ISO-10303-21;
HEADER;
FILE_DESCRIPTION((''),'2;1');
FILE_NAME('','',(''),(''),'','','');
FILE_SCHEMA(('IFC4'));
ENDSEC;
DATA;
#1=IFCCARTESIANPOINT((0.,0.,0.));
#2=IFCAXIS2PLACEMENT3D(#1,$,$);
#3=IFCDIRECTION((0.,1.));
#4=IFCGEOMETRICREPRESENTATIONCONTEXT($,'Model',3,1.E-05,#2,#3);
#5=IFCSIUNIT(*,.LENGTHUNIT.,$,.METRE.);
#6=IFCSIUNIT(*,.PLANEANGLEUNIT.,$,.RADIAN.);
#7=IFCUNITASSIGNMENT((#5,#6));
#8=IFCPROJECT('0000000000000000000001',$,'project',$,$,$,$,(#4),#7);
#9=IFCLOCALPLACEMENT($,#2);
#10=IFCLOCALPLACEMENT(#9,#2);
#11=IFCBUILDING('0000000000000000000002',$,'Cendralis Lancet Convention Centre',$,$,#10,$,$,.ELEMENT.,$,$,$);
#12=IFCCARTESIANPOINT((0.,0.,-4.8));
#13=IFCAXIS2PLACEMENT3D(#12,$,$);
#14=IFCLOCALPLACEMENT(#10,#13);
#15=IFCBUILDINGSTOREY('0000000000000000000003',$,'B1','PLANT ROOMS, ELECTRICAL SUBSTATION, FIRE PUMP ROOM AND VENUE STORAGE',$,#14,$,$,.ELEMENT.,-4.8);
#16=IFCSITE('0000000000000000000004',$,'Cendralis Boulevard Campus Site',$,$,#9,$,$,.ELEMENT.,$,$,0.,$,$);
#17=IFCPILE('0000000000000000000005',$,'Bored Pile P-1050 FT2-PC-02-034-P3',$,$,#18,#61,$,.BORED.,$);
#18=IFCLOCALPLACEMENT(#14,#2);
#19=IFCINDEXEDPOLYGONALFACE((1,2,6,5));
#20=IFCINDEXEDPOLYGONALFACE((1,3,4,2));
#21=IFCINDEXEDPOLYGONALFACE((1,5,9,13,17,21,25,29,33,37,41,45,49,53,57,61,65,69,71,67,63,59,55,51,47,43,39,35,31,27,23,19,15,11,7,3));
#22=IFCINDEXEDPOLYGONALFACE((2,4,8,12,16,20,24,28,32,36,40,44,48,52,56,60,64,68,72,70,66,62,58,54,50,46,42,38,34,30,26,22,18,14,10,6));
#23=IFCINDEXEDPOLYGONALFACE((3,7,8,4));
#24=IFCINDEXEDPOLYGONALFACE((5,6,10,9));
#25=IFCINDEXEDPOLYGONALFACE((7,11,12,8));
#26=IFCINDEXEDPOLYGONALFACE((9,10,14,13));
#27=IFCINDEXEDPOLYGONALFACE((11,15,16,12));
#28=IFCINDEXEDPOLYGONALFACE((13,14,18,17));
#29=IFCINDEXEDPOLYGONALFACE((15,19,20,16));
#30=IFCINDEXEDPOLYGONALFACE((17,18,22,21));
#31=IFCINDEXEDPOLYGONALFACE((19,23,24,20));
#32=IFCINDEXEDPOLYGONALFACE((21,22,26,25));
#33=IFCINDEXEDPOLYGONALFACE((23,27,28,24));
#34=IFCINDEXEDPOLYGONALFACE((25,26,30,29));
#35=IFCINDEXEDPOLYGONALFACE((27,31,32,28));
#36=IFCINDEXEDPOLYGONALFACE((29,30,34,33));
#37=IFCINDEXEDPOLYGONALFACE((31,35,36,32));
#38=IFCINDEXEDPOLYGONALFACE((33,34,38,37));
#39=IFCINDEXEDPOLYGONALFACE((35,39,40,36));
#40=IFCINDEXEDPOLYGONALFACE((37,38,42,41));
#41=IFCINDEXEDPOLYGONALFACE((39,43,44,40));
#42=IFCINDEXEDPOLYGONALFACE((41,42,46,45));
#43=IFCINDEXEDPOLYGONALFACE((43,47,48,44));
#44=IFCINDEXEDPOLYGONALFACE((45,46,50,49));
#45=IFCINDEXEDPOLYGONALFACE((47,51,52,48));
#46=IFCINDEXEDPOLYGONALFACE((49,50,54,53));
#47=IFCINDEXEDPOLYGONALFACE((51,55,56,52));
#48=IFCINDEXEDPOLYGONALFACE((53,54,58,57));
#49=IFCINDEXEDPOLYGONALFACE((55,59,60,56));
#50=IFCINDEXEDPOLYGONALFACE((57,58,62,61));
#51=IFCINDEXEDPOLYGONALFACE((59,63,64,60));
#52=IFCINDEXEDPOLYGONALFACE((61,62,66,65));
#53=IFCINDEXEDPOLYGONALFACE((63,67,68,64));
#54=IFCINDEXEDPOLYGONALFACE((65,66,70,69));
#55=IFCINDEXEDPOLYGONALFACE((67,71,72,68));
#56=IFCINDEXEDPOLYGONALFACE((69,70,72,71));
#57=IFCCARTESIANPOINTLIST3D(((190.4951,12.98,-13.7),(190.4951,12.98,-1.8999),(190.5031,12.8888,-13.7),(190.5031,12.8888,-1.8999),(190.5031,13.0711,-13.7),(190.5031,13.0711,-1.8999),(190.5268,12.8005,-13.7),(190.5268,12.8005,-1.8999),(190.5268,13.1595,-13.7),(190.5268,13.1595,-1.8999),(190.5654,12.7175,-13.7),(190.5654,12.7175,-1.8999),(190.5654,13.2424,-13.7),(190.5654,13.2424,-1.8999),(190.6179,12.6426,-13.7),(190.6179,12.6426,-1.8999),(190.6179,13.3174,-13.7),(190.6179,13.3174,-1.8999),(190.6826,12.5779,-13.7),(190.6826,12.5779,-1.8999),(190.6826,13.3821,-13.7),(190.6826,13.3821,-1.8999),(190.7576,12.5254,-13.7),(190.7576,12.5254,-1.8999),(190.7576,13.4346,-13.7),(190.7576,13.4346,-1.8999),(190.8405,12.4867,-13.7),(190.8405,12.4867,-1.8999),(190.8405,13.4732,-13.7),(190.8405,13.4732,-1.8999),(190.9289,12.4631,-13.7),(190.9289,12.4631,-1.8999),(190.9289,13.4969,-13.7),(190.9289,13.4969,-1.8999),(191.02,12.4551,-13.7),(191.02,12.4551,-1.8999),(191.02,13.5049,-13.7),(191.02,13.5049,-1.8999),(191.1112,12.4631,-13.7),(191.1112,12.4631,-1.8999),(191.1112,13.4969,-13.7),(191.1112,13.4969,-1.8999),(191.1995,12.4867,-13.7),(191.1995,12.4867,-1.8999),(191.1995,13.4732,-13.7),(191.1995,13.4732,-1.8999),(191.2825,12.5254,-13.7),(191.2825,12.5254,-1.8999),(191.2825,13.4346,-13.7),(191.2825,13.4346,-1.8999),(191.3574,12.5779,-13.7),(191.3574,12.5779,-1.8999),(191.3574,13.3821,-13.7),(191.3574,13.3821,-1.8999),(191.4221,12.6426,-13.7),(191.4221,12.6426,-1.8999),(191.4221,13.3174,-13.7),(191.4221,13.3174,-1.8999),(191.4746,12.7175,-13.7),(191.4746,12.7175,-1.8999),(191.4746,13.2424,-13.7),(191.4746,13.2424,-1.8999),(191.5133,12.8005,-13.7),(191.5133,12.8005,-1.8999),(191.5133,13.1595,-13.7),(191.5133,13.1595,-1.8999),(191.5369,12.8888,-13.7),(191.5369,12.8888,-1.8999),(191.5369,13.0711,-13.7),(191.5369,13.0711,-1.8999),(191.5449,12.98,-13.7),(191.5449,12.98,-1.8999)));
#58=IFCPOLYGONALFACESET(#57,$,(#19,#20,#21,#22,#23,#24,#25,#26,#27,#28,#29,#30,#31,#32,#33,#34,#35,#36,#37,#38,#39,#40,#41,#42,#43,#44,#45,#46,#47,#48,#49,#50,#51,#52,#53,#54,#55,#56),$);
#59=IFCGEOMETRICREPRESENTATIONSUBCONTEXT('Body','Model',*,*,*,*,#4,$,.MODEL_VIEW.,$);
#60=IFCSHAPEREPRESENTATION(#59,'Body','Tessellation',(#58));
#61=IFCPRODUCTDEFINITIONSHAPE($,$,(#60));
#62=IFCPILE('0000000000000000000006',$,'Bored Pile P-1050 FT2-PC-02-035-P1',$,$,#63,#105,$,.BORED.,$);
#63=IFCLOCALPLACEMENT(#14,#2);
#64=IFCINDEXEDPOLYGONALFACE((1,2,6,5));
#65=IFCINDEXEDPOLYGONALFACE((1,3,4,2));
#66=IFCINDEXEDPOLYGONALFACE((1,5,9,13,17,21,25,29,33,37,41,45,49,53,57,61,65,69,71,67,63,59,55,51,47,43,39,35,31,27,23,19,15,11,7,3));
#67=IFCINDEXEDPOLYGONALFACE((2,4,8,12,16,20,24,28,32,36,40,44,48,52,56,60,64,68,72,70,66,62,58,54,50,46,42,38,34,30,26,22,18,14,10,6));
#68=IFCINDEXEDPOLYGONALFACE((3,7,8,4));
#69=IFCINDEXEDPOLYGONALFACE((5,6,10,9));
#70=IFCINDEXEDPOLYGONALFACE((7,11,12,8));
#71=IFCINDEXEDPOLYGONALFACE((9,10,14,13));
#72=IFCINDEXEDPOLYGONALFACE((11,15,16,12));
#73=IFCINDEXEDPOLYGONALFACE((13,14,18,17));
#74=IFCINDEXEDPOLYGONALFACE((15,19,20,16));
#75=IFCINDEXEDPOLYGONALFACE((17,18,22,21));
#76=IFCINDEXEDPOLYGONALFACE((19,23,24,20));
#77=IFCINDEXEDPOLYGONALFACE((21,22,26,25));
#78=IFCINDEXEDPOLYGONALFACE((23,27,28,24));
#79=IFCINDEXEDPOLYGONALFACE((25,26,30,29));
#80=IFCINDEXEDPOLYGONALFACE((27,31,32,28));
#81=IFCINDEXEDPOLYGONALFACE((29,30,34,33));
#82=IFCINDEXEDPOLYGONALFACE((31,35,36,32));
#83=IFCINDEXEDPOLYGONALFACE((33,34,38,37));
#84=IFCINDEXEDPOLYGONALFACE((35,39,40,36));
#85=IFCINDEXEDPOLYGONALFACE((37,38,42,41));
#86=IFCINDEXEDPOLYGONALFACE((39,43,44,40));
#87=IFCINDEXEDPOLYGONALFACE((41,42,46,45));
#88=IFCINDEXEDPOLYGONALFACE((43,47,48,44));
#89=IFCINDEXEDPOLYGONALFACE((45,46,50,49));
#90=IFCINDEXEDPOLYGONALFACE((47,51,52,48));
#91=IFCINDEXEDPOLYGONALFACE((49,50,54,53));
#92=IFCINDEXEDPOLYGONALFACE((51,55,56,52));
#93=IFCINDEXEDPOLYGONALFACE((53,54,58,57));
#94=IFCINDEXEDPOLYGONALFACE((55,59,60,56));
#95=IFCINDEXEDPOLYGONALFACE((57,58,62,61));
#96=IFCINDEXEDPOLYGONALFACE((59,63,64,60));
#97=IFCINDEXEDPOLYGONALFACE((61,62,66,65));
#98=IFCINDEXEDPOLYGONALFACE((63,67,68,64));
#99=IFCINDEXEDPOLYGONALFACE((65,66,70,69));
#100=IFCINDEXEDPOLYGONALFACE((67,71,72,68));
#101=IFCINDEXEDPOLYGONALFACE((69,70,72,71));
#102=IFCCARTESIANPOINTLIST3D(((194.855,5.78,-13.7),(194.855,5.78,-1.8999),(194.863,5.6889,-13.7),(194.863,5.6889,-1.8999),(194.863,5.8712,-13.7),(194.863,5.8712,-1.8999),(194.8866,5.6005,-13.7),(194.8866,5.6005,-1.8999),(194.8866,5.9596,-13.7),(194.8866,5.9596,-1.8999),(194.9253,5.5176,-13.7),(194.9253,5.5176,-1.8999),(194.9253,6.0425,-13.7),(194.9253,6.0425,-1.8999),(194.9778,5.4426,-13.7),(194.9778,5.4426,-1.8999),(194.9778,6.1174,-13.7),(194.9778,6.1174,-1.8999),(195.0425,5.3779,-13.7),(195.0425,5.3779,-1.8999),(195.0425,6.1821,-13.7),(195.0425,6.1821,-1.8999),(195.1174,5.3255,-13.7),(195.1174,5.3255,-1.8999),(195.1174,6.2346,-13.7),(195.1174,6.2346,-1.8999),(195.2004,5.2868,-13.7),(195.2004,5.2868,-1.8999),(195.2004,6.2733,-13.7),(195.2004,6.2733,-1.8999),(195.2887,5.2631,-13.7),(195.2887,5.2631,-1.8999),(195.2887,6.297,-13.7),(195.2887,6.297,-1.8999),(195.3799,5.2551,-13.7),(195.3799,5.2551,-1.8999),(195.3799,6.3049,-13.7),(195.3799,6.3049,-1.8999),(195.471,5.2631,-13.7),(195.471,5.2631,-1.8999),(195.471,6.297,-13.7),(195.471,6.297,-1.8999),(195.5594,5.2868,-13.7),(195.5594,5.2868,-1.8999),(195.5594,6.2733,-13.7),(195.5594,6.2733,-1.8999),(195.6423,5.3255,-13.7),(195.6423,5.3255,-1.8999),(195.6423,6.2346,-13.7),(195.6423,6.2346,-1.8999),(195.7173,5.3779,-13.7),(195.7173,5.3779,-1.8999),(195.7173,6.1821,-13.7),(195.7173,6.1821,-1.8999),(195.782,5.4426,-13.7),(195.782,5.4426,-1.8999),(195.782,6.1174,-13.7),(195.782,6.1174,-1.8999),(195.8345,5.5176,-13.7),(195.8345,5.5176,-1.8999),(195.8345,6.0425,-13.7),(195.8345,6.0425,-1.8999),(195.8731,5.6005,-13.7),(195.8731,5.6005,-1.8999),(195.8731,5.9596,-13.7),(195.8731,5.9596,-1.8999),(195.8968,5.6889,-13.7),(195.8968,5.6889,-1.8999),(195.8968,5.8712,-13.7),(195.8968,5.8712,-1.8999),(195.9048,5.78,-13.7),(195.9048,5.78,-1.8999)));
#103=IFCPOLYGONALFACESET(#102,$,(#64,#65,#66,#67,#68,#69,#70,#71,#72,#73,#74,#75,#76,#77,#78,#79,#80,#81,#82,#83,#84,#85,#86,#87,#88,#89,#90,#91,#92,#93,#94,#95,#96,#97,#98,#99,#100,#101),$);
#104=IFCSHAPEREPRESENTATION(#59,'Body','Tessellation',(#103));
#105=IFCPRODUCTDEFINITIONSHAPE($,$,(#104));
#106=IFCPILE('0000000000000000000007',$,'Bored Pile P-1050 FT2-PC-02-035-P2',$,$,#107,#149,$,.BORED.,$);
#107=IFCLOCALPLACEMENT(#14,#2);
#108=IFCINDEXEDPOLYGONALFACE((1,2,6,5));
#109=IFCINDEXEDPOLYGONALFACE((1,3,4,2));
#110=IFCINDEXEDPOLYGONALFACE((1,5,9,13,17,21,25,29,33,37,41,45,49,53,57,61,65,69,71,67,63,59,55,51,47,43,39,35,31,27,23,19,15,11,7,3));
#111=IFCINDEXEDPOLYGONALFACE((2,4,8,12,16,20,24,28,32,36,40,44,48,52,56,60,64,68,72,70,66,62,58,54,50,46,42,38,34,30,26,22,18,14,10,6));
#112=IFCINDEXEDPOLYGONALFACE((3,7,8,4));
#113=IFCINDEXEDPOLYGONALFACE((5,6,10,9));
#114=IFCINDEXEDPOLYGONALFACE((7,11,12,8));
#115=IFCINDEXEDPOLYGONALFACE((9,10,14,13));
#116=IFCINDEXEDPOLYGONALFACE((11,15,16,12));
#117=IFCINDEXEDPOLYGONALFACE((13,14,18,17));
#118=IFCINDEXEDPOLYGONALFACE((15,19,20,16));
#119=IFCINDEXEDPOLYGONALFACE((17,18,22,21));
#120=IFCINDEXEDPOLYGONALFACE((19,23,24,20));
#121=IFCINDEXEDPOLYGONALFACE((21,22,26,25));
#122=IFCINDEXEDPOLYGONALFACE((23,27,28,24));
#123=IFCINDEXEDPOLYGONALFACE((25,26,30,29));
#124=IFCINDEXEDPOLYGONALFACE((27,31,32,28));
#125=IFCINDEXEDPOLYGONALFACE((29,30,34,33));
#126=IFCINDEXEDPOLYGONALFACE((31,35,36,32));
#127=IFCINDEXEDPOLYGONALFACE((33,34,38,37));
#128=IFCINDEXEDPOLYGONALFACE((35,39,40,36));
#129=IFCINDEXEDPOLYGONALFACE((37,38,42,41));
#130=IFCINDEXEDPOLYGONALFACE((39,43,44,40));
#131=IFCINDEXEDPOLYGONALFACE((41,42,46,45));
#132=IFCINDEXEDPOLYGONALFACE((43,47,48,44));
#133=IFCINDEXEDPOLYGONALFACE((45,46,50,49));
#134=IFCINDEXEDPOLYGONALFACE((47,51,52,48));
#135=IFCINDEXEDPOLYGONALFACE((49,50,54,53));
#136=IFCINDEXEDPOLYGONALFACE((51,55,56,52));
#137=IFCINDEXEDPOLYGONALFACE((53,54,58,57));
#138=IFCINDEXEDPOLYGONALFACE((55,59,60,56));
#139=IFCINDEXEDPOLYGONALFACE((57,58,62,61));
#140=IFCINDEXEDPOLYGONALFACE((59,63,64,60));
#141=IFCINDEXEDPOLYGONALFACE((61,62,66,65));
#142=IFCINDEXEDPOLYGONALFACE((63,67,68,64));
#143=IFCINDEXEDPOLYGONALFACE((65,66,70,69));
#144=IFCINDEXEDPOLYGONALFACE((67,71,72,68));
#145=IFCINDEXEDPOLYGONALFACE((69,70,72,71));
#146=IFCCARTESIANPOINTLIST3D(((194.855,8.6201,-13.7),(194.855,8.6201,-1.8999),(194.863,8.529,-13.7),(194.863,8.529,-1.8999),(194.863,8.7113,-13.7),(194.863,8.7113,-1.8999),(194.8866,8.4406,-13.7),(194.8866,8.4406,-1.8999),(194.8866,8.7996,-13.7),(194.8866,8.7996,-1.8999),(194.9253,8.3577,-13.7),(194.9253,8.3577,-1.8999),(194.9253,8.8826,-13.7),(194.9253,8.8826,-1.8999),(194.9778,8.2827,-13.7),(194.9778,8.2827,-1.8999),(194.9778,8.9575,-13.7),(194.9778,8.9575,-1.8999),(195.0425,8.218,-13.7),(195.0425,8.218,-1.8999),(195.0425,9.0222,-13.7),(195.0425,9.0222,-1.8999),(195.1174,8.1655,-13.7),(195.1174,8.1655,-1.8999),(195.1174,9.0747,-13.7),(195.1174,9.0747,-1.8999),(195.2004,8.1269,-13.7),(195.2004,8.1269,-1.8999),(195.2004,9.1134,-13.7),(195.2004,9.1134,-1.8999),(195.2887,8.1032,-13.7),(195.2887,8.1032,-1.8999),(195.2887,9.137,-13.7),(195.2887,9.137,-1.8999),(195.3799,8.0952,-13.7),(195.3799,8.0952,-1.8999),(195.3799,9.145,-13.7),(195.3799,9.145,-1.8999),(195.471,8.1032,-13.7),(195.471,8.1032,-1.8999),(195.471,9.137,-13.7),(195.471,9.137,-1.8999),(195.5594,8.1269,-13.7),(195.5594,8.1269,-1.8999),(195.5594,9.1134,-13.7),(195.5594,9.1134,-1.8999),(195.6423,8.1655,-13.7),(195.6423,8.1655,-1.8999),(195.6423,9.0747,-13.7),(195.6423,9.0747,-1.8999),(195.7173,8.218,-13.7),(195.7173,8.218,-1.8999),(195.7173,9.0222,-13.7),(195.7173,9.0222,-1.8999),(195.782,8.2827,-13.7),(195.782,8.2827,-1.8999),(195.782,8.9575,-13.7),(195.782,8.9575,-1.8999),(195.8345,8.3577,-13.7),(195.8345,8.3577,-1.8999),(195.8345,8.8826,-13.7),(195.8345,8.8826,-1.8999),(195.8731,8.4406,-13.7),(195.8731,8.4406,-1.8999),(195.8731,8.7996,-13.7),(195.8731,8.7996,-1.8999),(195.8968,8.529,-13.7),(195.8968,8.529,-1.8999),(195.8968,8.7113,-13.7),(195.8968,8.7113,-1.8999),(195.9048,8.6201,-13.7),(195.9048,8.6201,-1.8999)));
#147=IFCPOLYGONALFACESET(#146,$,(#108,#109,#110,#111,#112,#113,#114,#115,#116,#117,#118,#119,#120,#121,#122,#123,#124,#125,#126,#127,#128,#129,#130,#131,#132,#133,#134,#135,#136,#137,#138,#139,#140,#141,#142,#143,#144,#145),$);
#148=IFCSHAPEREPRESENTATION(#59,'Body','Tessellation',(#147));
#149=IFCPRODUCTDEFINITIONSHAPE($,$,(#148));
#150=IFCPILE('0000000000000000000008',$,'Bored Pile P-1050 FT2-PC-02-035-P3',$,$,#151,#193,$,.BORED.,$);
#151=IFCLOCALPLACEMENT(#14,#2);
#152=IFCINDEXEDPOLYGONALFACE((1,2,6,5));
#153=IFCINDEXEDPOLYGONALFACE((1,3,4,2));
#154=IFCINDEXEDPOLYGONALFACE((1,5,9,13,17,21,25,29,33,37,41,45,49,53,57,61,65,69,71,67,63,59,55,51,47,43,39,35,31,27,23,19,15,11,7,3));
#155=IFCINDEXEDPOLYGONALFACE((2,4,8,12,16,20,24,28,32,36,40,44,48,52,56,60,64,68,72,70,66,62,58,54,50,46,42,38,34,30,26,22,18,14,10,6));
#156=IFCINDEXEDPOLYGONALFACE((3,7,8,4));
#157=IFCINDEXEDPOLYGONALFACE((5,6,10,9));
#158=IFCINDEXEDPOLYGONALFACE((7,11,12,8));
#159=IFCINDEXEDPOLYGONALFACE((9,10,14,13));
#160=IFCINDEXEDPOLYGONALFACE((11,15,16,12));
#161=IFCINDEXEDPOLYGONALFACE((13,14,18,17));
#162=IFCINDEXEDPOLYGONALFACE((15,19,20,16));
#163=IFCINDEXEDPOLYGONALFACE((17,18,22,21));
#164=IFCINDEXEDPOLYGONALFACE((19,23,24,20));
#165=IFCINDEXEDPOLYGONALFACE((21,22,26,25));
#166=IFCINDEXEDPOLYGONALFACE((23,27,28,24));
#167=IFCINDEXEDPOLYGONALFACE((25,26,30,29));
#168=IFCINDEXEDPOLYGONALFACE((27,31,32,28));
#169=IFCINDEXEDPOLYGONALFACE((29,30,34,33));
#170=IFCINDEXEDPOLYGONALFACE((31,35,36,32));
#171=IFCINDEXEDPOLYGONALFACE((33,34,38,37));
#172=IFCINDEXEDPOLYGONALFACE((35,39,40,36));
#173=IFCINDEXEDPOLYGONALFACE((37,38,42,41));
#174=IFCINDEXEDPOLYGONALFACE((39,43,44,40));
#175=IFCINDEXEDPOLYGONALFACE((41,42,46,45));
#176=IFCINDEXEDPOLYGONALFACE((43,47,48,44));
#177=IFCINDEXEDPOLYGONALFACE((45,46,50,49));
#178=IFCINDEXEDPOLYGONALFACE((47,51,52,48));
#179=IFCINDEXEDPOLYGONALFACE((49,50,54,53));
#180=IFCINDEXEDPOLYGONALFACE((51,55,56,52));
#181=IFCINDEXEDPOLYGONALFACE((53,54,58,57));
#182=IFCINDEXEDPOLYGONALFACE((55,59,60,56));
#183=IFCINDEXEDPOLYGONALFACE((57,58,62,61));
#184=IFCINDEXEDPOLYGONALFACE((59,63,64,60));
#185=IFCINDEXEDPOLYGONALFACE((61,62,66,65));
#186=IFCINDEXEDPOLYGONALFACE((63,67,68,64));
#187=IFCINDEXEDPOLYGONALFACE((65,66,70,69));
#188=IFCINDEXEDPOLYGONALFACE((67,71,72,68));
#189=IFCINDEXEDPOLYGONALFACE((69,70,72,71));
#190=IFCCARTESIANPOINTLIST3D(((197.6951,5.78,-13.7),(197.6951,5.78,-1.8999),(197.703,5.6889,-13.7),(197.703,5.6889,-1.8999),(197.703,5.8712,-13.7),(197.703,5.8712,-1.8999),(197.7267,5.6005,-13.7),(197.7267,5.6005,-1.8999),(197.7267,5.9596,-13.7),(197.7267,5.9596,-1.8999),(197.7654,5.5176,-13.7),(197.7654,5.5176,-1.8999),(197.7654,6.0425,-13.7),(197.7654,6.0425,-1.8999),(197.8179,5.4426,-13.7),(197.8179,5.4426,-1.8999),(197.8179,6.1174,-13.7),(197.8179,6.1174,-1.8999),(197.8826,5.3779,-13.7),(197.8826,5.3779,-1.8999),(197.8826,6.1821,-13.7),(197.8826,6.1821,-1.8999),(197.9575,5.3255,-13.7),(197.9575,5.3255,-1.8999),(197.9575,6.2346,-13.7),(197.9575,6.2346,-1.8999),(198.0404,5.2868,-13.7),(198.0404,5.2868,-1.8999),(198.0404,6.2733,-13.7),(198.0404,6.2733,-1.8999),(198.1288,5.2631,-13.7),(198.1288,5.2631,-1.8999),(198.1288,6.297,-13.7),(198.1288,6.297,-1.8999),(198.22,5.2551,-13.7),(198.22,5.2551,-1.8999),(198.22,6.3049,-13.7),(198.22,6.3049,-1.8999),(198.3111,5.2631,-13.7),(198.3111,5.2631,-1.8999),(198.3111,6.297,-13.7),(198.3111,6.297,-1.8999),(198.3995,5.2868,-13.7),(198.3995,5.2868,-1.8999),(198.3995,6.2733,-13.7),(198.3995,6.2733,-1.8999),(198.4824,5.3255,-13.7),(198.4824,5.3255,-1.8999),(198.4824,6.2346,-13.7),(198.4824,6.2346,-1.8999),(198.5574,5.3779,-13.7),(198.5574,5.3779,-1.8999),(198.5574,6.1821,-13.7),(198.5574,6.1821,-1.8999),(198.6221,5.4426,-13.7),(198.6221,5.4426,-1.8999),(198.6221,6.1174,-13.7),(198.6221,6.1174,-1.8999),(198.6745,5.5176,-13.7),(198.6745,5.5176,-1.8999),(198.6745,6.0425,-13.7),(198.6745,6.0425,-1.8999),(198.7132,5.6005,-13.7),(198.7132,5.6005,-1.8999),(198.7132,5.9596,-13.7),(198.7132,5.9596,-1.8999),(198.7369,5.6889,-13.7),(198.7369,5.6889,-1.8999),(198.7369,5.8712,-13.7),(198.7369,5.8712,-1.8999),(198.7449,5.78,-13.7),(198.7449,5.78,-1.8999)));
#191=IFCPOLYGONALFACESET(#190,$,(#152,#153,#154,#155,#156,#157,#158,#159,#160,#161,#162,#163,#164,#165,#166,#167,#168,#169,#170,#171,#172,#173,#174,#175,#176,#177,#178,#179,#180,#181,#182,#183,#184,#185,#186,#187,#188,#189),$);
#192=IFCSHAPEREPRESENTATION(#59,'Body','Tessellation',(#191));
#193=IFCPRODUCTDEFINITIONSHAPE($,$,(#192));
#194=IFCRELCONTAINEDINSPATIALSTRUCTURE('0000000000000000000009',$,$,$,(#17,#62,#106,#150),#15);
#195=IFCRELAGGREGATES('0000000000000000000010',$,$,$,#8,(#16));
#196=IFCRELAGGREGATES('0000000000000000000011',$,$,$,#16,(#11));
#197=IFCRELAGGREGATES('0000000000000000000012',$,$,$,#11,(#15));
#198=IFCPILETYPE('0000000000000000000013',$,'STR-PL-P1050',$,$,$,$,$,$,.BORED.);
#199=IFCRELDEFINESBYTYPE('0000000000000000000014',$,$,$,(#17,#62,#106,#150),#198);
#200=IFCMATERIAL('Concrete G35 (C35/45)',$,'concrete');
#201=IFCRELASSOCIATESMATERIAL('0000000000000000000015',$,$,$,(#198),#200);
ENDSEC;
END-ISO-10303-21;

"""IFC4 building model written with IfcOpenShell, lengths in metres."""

from ifc_helpers import new_model, si_unit, direction, frame, origin, origin_2d, place, context, subcontext, project, spatial, circle, extrude, material, material_profile, profile_set, type_object, element, save


model = new_model("IFC4")

# Units and contexts
model_context = context("Model", 3, precision=1e-05, world=origin(), true_north=direction((0.0, 1.0)))
body_context = subcontext(model_context, "Body", "Model", "MODEL_VIEW")
ifc_project = project(units=[si_unit("LENGTHUNIT", "METRE"), si_unit("PLANEANGLEUNIT", "RADIAN")], contexts=[model_context])

# Site, building, storey
site_placement = place(None, origin())
site = spatial("IfcSite", under=ifc_project, at=site_placement, Name="Cendralis Boulevard Campus Site", CompositionType="ELEMENT", RefElevation=0.0)
building_placement = place(site_placement, origin())
building = spatial("IfcBuilding", under=site, at=building_placement, Name="Cendralis Lancet Convention Centre", CompositionType="ELEMENT")
storey_placement = place(building_placement, frame((0.0, 0.0, -4.8)))
storey = spatial("IfcBuildingStorey", under=building, at=storey_placement, Name="B1", Description="PLANT ROOMS, ELECTRICAL SUBSTATION, FIRE PUMP ROOM AND VENUE STORAGE", CompositionType="ELEMENT", Elevation=-4.8)

# Shared definitions
ifc_material_1 = material(Name="Concrete G35 (C35/45)", Category="concrete")

# Piles
ifc_material_profile_1 = material_profile(ifc_material_1, circle(Radius=0.5249, at=origin_2d()), Name="BORED PILE D1050")
ifc_profile_set_1 = profile_set([ifc_material_profile_1], Name="Concrete G35 (C35/45)")
pile_type_1 = type_object("IfcPileType", Name="STR-PL-P1050", PredefinedType="BORED", material=ifc_profile_set_1)
for number, where, z_axis, x_axis, name in (
    (1, (191.02, 12.98, -1.8999), (0.0, 0.0, -1.0), (1.0, 0.0, 0.0), "Bored Pile P-1050 FT2-PC-02-034-P3"),
    (2, (195.3799, 5.78, -1.8999), (0.0, 0.0, -1.0), (1.0, 0.0, 0.0), "Bored Pile P-1050 FT2-PC-02-035-P1"),
    (3, (195.3799, 8.6201, -1.8999), (0.0, 0.0, -1.0), (1.0, 0.0, 0.0), "Bored Pile P-1050 FT2-PC-02-035-P2"),
    (4, (198.22, 5.78, -1.8999), (0.0, 0.0, -1.0), (1.0, 0.0, 0.0), "Bored Pile P-1050 FT2-PC-02-035-P3"),
):
    element("IfcPile", number, at=place(storey_placement, frame(where, z_axis=z_axis, x_axis=x_axis)), inside=storey, type_object=pile_type_1, Name=name, PredefinedType="BORED", context=body_context, shape_type="SweptSolid", body=[
        extrude(circle(Radius=0.5249, at=origin_2d()), origin(), (0.0, 0.0, 1.0), 11.8),
    ])

save(model, "model.ifc")
